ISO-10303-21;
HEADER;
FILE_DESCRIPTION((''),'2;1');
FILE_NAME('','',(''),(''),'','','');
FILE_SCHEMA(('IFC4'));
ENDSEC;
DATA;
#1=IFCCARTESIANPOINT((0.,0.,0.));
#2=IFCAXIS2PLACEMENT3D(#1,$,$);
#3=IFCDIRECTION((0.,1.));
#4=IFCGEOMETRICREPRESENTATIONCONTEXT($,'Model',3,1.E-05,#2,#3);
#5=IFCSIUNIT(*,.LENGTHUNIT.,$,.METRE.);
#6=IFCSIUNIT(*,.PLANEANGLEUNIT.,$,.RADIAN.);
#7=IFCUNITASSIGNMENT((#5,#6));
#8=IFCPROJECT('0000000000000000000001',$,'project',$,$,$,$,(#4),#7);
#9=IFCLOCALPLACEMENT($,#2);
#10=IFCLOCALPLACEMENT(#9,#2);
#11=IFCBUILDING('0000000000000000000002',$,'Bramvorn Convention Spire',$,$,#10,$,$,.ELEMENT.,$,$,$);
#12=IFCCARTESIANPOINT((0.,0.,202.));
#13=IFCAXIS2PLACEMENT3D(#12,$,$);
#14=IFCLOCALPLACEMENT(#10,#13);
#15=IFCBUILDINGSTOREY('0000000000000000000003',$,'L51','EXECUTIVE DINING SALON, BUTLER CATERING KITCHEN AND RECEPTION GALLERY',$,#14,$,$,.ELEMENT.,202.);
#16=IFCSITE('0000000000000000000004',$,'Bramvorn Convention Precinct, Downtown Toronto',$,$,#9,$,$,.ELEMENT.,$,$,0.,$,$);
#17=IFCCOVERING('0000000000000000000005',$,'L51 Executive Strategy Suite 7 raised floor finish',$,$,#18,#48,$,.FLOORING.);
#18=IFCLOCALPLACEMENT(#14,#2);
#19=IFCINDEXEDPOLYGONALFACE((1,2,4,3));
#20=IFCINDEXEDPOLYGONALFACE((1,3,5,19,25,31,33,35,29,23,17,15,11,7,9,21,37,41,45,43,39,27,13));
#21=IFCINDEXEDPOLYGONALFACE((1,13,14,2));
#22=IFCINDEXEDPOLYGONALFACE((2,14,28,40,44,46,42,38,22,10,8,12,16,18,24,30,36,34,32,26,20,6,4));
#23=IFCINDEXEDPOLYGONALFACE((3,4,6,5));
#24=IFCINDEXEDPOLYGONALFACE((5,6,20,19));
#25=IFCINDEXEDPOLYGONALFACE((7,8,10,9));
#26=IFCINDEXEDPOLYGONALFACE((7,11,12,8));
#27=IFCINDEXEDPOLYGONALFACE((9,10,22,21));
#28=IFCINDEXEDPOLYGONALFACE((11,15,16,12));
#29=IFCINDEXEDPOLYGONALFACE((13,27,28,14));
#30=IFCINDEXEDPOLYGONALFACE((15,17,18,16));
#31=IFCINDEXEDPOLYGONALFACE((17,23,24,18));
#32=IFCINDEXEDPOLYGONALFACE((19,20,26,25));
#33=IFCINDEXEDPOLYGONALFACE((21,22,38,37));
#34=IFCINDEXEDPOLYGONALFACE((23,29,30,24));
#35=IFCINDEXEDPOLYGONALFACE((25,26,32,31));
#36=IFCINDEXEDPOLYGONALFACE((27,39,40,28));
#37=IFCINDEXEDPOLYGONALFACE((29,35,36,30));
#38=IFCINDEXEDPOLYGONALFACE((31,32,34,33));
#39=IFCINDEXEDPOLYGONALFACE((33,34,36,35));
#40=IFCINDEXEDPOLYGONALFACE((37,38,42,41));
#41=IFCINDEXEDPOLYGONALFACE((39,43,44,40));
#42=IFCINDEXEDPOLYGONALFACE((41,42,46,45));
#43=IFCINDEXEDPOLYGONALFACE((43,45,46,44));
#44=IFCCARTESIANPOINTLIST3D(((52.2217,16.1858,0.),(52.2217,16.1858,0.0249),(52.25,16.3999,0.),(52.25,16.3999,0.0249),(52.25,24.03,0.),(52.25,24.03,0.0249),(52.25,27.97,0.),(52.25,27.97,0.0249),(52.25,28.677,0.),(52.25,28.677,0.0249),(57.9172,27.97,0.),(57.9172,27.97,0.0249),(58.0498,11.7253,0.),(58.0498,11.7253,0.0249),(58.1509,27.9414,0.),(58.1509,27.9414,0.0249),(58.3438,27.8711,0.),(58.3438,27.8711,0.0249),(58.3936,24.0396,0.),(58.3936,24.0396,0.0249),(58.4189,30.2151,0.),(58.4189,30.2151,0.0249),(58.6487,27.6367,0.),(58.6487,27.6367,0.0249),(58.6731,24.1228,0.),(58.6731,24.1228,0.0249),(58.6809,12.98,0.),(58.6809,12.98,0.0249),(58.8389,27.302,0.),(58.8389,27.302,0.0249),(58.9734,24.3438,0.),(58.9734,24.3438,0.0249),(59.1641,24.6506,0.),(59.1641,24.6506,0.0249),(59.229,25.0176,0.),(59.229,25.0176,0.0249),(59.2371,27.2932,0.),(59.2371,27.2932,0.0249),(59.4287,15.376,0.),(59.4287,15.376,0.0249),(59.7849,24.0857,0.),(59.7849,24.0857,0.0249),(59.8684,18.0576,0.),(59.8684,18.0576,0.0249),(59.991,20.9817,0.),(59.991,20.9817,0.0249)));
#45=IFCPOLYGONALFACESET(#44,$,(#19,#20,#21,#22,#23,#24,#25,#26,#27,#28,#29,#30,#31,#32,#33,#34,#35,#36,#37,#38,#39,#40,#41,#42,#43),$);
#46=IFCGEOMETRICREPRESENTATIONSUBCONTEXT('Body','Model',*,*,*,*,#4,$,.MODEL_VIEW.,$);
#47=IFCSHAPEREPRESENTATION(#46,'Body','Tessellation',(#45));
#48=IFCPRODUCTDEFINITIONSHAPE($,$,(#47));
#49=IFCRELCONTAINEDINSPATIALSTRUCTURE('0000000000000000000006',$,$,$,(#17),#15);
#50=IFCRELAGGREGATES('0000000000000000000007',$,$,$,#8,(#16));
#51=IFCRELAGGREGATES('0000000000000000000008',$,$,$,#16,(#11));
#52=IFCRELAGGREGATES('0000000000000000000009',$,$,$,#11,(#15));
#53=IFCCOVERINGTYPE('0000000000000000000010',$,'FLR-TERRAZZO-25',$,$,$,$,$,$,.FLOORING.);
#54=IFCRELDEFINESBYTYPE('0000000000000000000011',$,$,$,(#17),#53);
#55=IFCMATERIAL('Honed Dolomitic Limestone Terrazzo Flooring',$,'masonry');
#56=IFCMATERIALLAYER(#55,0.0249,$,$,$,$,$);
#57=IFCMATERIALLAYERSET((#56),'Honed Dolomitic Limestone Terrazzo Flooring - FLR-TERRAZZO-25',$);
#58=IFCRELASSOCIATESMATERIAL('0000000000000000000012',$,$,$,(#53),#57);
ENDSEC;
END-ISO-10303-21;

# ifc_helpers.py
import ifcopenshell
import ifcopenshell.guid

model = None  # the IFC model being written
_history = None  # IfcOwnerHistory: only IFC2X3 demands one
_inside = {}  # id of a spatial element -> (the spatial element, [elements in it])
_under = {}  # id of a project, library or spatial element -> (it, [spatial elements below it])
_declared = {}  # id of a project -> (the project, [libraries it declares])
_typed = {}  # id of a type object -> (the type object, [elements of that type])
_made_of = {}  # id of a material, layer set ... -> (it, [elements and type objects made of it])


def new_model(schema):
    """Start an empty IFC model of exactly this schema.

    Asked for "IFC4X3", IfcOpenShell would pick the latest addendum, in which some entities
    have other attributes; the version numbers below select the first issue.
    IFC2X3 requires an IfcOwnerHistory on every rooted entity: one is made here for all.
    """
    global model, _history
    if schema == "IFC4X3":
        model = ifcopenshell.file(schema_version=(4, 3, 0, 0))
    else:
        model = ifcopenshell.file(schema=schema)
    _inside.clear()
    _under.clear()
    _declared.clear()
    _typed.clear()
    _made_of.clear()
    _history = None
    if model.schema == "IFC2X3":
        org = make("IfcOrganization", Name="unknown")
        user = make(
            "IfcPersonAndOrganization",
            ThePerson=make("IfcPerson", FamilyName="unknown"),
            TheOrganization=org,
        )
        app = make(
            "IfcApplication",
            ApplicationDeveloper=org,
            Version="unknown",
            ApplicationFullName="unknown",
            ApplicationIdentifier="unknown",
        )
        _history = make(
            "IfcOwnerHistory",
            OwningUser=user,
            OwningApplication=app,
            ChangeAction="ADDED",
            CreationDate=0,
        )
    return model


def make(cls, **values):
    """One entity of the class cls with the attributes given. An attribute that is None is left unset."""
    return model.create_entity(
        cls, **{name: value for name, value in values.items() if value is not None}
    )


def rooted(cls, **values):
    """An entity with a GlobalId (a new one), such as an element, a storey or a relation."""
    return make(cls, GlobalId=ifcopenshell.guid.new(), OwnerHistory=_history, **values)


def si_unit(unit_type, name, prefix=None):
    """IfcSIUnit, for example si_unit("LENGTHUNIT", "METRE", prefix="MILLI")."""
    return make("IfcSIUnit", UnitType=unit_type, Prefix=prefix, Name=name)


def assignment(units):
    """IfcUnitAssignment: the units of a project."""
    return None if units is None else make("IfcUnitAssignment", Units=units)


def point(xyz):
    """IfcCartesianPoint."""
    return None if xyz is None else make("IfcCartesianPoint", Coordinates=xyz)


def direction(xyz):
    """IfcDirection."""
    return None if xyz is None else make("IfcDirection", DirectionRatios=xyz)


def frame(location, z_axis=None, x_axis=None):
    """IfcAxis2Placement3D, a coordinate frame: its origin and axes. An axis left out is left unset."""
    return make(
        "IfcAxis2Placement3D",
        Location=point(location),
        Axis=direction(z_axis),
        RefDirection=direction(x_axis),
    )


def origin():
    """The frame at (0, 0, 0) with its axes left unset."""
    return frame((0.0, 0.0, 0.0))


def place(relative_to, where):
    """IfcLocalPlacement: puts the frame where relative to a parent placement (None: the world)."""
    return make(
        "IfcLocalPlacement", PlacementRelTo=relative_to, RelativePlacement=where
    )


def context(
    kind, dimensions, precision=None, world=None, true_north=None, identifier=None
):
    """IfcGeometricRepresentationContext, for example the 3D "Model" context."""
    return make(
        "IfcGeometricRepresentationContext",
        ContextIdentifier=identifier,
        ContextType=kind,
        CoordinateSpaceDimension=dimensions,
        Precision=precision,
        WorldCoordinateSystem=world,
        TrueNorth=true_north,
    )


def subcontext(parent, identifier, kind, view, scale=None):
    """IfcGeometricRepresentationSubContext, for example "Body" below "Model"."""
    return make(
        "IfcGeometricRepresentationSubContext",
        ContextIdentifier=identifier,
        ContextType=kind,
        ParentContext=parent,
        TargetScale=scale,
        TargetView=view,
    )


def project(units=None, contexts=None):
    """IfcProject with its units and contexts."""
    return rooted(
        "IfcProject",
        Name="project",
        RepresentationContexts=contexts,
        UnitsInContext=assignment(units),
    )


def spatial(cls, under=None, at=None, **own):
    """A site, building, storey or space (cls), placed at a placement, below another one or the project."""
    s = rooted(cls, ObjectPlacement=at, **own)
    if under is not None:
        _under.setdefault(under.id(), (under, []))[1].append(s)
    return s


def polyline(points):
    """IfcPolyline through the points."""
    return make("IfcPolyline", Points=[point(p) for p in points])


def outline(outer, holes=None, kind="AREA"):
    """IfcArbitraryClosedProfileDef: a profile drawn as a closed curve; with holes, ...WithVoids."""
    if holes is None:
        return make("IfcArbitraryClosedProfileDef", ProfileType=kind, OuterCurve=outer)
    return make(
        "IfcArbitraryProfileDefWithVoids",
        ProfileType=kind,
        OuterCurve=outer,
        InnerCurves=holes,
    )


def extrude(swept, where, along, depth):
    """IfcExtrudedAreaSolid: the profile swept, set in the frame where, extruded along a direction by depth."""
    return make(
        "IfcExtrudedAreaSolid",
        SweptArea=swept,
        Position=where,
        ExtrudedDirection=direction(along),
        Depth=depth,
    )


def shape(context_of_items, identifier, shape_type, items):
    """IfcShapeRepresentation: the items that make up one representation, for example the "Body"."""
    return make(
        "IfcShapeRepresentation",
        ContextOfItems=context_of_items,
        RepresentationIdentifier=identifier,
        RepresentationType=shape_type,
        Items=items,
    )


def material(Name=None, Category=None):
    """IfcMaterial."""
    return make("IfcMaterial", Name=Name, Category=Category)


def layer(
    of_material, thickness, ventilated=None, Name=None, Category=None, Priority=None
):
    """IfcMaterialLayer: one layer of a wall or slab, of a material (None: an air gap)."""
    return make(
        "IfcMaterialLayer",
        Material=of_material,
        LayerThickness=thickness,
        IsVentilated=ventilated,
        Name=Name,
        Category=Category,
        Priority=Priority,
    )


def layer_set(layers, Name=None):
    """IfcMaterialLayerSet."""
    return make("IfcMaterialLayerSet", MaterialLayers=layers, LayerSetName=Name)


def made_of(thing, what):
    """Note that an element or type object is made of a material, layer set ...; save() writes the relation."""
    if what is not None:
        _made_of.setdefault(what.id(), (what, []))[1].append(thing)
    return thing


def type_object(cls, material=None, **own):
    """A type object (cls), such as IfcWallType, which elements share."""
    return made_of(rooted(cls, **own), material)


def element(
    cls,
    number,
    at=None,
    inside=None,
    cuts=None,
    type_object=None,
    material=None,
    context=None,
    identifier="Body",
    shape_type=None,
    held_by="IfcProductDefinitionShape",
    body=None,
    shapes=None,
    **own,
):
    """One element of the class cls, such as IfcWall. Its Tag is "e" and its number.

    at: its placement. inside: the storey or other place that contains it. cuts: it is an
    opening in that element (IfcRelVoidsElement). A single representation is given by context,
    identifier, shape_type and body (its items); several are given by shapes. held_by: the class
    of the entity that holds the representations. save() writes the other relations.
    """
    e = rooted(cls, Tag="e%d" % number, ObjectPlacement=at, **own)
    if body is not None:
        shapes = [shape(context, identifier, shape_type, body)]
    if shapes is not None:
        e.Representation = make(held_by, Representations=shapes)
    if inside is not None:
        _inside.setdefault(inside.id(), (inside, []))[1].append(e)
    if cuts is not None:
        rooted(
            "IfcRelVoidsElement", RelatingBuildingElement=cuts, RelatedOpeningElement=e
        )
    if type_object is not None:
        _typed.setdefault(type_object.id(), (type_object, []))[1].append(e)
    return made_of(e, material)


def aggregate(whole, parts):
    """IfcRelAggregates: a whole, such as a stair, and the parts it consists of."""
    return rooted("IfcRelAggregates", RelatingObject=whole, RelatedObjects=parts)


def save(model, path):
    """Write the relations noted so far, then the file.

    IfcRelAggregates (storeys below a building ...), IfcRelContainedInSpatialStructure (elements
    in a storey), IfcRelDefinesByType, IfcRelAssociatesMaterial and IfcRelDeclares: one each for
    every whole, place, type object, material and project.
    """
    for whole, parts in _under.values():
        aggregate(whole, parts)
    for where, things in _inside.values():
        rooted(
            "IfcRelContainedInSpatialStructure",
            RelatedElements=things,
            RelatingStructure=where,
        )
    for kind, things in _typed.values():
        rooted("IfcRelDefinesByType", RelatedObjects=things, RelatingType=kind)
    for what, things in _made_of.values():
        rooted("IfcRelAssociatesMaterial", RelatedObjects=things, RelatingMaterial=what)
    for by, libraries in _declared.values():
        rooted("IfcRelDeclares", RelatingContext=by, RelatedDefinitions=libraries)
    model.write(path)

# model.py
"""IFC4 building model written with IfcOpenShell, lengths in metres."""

from ifc_helpers import new_model, si_unit, direction, frame, origin, place, context, subcontext, project, spatial, polyline, outline, extrude, material, layer, layer_set, type_object, element, save


model = new_model("IFC4")

# Units and contexts
model_context = context("Model", 3, precision=1e-05, world=origin(), true_north=direction((0.0, 1.0)))
body_context = subcontext(model_context, "Body", "Model", "MODEL_VIEW")
ifc_project = project(units=[si_unit("LENGTHUNIT", "METRE"), si_unit("PLANEANGLEUNIT", "RADIAN")], contexts=[model_context])

# Site, building, storey
site_placement = place(None, origin())
site = spatial("IfcSite", under=ifc_project, at=site_placement, Name="Bramvorn Convention Precinct, Downtown Toronto", CompositionType="ELEMENT", RefElevation=0.0)
building_placement = place(site_placement, origin())
building = spatial("IfcBuilding", under=site, at=building_placement, Name="Bramvorn Convention Spire", CompositionType="ELEMENT")
storey_placement = place(building_placement, frame((0.0, 0.0, 202.0)))
storey = spatial("IfcBuildingStorey", under=building, at=storey_placement, Name="L51", Description="EXECUTIVE DINING SALON, BUTLER CATERING KITCHEN AND RECEPTION GALLERY", CompositionType="ELEMENT", Elevation=202.0)

# Covering
ifc_material_1 = material(Name="Honed Dolomitic Limestone Terrazzo Flooring", Category="masonry")
ifc_layer_1 = layer(ifc_material_1, 0.0249)
ifc_layer_set_1 = layer_set([ifc_layer_1], Name="Honed Dolomitic Limestone Terrazzo Flooring - FLR-TERRAZZO-25")
covering_type = type_object("IfcCoveringType", Name="FLR-TERRAZZO-25", PredefinedType="FLOORING", material=ifc_layer_set_1)
covering_1_placement = place(storey_placement, origin())
element("IfcCovering", 1, at=covering_1_placement, inside=storey, type_object=covering_type, Name="L51 Executive Strategy Suite 7 raised floor finish", PredefinedType="FLOORING", context=body_context, shape_type="SweptSolid", body=[
    extrude(outline(polyline([(58.0498, 11.7253), (58.6809, 12.98), (59.4287, 15.376), (59.8684, 18.0576), (59.991, 20.9817), (59.7849, 24.0857), (59.2371, 27.2932), (58.4189, 30.2151), (52.25, 28.677), (52.25, 27.97), (57.9172, 27.97), (58.1509, 27.9414), (58.3438, 27.8711), (58.6487, 27.6367), (58.8389, 27.302), (59.229, 25.0176), (59.1641, 24.6506), (58.9734, 24.3438), (58.6731, 24.1228), (58.3936, 24.0396), (52.25, 24.03), (52.25, 16.3999), (52.2217, 16.1858), (58.0498, 11.7253)])), origin(), (0.0, 0.0, 1.0), 0.0249),
])

save(model, "model.ifc")
